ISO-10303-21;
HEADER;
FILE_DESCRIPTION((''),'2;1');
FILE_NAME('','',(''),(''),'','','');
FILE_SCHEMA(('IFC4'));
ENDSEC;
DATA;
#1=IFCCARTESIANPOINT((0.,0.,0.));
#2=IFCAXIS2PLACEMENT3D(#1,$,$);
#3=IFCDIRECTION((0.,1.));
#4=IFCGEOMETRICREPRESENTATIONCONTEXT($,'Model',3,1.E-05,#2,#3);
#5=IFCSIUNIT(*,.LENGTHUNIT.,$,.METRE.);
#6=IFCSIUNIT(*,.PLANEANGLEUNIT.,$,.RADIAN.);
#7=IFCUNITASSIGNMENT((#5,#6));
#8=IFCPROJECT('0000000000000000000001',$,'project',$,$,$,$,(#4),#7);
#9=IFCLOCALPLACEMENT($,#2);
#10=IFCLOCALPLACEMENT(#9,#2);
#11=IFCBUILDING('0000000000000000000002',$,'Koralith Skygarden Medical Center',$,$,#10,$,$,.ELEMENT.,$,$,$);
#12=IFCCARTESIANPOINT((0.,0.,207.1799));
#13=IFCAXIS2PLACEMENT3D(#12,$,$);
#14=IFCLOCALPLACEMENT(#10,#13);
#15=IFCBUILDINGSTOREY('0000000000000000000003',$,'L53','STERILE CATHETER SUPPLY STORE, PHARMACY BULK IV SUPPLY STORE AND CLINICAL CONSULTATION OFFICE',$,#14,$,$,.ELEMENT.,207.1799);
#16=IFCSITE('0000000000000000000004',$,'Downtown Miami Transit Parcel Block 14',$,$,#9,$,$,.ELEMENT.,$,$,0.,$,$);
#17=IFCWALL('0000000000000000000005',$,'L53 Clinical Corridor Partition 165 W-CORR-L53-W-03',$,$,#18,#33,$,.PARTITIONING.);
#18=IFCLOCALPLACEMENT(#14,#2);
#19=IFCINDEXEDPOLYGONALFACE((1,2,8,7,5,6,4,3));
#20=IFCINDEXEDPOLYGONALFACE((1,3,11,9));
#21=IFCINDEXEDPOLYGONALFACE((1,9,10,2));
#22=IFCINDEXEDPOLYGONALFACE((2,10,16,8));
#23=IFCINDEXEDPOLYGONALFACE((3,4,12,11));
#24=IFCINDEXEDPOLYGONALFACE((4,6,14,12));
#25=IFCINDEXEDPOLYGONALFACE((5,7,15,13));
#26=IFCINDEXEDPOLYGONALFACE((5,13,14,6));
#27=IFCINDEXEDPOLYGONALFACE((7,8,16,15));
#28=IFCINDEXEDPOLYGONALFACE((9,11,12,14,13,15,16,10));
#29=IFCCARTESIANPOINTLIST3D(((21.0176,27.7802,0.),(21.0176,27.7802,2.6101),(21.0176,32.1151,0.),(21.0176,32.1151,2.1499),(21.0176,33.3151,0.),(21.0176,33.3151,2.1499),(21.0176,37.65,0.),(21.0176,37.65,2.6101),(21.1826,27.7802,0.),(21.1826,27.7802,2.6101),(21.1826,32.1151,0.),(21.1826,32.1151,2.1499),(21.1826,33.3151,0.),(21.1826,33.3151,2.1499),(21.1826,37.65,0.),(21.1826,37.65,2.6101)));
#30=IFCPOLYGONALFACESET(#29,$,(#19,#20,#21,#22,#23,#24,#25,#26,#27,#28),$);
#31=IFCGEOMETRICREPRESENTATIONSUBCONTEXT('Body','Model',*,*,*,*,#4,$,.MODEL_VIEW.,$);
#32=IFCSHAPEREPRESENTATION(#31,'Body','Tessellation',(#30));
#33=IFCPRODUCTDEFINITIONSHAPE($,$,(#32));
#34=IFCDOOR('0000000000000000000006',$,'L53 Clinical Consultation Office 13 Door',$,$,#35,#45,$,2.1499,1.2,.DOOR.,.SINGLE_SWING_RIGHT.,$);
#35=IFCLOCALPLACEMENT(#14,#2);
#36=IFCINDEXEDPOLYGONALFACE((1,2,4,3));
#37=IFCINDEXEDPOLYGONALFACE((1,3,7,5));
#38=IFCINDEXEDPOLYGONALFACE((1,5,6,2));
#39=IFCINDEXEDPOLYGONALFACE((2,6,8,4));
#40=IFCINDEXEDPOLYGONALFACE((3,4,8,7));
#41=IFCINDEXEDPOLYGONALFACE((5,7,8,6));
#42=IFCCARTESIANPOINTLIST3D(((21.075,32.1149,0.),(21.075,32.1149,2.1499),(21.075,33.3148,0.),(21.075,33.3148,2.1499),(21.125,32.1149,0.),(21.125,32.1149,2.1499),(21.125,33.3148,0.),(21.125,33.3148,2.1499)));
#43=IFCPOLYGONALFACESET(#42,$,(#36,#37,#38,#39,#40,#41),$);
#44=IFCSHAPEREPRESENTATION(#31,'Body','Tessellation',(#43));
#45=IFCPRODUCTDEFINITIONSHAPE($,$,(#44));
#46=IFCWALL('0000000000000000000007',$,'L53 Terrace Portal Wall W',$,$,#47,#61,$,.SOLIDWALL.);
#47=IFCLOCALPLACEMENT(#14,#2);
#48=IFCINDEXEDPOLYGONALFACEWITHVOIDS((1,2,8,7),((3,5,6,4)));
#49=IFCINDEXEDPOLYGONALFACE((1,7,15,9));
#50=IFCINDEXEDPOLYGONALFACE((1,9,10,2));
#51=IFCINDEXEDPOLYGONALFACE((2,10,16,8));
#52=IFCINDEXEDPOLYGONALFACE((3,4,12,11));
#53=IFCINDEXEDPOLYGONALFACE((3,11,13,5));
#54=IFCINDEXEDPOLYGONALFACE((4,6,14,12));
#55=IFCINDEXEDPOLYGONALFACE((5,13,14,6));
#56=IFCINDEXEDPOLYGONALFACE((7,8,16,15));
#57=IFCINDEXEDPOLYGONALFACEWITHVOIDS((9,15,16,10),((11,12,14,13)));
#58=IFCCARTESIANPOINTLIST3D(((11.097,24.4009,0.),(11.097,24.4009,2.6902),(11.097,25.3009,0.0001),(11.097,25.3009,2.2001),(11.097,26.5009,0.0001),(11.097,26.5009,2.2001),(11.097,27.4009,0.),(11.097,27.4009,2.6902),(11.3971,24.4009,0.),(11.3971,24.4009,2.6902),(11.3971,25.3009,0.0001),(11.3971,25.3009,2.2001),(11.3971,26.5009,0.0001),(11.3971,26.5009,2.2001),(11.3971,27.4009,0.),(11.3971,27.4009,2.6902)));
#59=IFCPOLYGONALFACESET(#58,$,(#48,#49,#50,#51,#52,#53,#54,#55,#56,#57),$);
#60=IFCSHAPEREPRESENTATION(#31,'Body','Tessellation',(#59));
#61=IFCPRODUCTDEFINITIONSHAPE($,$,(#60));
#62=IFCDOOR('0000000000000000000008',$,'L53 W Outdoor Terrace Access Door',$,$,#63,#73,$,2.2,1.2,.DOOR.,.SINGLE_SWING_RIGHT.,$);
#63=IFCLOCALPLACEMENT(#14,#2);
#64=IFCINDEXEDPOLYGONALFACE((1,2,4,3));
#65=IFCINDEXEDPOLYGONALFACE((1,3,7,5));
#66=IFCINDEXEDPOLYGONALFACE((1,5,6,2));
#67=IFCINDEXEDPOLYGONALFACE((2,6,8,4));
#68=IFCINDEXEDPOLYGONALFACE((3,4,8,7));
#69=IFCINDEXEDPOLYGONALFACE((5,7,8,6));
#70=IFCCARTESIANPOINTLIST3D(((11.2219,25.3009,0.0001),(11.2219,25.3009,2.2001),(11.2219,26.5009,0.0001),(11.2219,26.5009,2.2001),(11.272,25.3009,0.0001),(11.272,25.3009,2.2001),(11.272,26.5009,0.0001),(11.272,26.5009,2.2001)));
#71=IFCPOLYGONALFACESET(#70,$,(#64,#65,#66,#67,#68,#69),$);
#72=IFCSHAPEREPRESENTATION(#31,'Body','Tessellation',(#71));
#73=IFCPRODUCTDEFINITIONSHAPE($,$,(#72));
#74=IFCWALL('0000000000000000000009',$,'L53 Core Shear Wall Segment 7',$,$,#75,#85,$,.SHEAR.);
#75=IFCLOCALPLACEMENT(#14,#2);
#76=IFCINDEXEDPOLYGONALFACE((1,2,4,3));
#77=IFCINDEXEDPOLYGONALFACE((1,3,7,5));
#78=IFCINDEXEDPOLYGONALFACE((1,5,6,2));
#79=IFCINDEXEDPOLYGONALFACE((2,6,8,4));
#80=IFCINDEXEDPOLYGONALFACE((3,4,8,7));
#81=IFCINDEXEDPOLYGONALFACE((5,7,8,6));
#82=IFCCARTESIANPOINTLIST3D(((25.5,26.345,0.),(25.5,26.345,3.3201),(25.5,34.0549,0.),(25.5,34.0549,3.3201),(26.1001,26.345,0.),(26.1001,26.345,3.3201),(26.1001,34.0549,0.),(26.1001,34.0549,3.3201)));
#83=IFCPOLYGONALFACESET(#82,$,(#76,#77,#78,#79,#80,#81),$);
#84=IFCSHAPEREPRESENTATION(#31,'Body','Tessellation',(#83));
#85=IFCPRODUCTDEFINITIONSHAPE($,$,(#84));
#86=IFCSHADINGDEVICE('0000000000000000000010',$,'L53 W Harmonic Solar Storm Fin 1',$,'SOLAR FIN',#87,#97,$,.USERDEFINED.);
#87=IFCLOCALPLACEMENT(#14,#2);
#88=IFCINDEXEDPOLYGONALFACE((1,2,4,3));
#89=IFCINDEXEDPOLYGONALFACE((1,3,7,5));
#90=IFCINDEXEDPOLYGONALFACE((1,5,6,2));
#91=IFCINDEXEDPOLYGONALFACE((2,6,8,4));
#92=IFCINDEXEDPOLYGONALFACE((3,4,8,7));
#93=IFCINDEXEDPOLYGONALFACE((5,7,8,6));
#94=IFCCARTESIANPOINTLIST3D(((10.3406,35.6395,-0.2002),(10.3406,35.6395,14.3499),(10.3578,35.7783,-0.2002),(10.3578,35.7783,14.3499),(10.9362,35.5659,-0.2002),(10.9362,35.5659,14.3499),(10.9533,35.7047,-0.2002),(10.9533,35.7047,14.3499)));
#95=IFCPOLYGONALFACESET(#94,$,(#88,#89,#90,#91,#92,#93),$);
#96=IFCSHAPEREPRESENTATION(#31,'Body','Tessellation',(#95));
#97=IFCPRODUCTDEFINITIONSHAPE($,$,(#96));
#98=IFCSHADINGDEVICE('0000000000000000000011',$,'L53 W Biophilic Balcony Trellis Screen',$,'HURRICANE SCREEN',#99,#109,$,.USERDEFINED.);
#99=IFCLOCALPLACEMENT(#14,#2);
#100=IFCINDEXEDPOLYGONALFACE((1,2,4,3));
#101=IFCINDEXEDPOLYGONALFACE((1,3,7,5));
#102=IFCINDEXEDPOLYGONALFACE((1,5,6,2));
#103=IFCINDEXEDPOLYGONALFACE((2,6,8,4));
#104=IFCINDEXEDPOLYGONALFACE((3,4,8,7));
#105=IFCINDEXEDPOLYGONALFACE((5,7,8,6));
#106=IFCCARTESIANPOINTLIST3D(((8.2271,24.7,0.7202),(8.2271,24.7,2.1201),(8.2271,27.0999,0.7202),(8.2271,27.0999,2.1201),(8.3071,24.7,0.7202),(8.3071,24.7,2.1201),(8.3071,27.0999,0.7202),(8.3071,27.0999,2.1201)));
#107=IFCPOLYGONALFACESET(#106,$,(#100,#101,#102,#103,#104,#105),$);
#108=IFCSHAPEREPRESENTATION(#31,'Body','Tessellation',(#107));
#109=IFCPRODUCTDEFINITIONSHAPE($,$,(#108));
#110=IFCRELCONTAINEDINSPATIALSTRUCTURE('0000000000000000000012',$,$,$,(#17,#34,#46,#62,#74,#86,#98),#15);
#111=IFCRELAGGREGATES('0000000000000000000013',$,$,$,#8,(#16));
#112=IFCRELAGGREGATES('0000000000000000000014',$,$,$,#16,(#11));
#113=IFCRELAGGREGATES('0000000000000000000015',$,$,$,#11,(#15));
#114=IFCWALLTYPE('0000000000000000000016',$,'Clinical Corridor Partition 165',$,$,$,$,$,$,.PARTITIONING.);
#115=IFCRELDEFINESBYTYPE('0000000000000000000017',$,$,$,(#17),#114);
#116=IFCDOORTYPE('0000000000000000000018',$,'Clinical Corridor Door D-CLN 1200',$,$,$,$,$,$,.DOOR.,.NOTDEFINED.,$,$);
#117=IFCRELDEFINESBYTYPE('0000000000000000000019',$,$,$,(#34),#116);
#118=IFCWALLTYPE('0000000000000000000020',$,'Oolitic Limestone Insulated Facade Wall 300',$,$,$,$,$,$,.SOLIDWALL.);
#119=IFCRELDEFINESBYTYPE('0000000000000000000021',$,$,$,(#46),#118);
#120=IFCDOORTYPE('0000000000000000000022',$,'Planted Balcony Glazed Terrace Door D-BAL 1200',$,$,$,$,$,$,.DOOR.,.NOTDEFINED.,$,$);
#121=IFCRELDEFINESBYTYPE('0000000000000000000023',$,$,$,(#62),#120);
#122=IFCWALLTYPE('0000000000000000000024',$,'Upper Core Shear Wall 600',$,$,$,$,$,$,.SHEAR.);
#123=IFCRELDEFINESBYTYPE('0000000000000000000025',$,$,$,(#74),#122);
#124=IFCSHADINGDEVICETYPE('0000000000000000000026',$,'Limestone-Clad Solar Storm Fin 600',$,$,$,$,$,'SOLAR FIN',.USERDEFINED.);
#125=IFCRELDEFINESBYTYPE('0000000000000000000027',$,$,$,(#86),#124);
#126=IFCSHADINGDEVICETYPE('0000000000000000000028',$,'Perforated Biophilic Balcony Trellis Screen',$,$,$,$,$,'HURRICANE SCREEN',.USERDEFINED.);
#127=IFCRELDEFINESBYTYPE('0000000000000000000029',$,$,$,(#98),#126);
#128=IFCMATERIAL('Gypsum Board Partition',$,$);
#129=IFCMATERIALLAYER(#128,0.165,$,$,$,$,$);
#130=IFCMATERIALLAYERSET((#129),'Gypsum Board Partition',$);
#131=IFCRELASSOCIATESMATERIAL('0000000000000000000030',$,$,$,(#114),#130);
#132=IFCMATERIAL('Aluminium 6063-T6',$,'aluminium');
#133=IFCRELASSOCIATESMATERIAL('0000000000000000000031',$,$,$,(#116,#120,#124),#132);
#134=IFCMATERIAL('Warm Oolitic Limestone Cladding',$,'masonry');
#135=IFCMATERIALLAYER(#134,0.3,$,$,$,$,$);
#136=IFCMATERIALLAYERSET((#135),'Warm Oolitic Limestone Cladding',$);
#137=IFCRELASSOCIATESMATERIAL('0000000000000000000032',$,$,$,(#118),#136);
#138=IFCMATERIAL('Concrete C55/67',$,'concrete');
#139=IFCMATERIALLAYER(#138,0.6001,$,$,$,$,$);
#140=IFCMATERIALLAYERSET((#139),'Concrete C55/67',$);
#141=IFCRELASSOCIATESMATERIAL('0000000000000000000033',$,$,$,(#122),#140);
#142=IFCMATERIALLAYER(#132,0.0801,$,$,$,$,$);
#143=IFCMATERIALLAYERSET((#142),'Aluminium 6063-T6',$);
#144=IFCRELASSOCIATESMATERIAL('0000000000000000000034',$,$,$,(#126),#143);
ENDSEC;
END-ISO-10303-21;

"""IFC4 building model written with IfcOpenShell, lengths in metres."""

from ifc_helpers import new_model, si_unit, direction, frame, frame_2d, origin, origin_2d, place, context, subcontext, project, spatial, rectangle, extrude, material, layer, layer_set, type_object, element, fill, save


model = new_model("IFC4")

# Units and contexts
model_context = context("Model", 3, precision=1e-05, world=origin(), true_north=direction((0.0, 1.0)))
body_context = subcontext(model_context, "Body", "Model", "MODEL_VIEW")
ifc_project = project(units=[si_unit("LENGTHUNIT", "METRE"), si_unit("PLANEANGLEUNIT", "RADIAN")], contexts=[model_context])

# Site, building, storey
site_placement = place(None, origin())
site = spatial("IfcSite", under=ifc_project, at=site_placement, Name="Downtown Miami Transit Parcel Block 14", CompositionType="ELEMENT", RefElevation=0.0)
building_placement = place(site_placement, origin())
building = spatial("IfcBuilding", under=site, at=building_placement, Name="Koralith Skygarden Medical Center", CompositionType="ELEMENT")
storey_placement = place(building_placement, frame((0.0, 0.0, 207.1799)))
storey = spatial("IfcBuildingStorey", under=building, at=storey_placement, Name="L53", Description="STERILE CATHETER SUPPLY STORE, PHARMACY BULK IV SUPPLY STORE AND CLINICAL CONSULTATION OFFICE", CompositionType="ELEMENT", Elevation=207.1799)

# Shared definitions
ifc_material_1 = material(Name="Concrete C55/67", Category="concrete")

# Shared definitions
ifc_material_2 = material(Name="Aluminium 6063-T6", Category="aluminium")

# Shared definitions
ifc_material_3 = material(Name="Gypsum Board Partition")

# Walls, openings, doors
ifc_layer_1 = layer(ifc_material_3, 0.165)
ifc_layer_set_1 = layer_set([ifc_layer_1], Name="Gypsum Board Partition")
wall_type_1 = type_object("IfcWallType", Name="Clinical Corridor Partition 165", PredefinedType="PARTITIONING", material=ifc_layer_set_1)
wall_1_placement = place(storey_placement, frame((21.1001, 27.78, 0.0), z_axis=(0.0, 0.0, 1.0), x_axis=(0.0, 1.0, 0.0)))
wall_1 = element("IfcWall", 1, at=wall_1_placement, inside=storey, type_object=wall_type_1, Name="L53 Clinical Corridor Partition 165 W-CORR-L53-W-03", PredefinedType="PARTITIONING", context=body_context, shape_type="SweptSolid", body=[
    extrude(rectangle(XDim=9.8699, YDim=0.165, at=frame_2d((4.9351, 0.0))), origin(), (0.0, 0.0, 1.0), 2.6101),
])
opening_1_placement = place(wall_1_placement, frame((4.335, 0.0, 0.0)))
opening_1 = element("IfcOpeningElement", 2, at=opening_1_placement, cuts=wall_1, PredefinedType="OPENING", context=body_context, shape_type="SweptSolid", body=[
    extrude(rectangle(XDim=1.2, YDim=2.1499, at=frame_2d((0.6001, 1.075))), frame((0.0, 0.0925, 0.0), z_axis=(0.0, -1.0, 0.0), x_axis=(1.0, 0.0, 0.0)), (0.0, 0.0, 1.0), 0.1851),
])
door_type_1 = type_object("IfcDoorType", Name="Clinical Corridor Door D-CLN 1200", OperationType="NOTDEFINED", PredefinedType="DOOR", material=ifc_material_2)
door_1_placement = place(opening_1_placement, frame((1.2, 0.0, 0.0), z_axis=(0.0, 0.0, 1.0), x_axis=(-1.0, 0.0, 0.0)))
door_1 = element("IfcDoor", 3, at=door_1_placement, inside=storey, type_object=door_type_1, Name="L53 Clinical Consultation Office 13 Door", OperationType="SINGLE_SWING_RIGHT", OverallHeight=2.1499, OverallWidth=1.2, PredefinedType="DOOR", context=body_context, shape_type="SweptSolid", body=[
    extrude(rectangle(XDim=1.2, YDim=2.1499, at=frame_2d((0.6001, 1.075))), frame((0.0, 0.0249, 0.0), z_axis=(0.0, -1.0, 0.0), x_axis=(1.0, 0.0, 0.0)), (0.0, 0.0, 1.0), 0.05),
])
fill(opening_1, door_1)
ifc_material_4 = material(Name="Warm Oolitic Limestone Cladding", Category="masonry")
ifc_layer_2 = layer(ifc_material_4, 0.3)
ifc_layer_set_2 = layer_set([ifc_layer_2], Name="Warm Oolitic Limestone Cladding")
wall_type_2 = type_object("IfcWallType", Name="Oolitic Limestone Insulated Facade Wall 300", PredefinedType="SOLIDWALL", material=ifc_layer_set_2)
wall_2_placement = place(storey_placement, frame((11.2471, 27.4009, 0.0), z_axis=(0.0, 0.0, 1.0), x_axis=(0.0, -1.0, 0.0)))
wall_2 = element("IfcWall", 4, at=wall_2_placement, inside=storey, type_object=wall_type_2, Name="L53 Terrace Portal Wall W", PredefinedType="SOLIDWALL", context=body_context, shape_type="SweptSolid", body=[
    extrude(rectangle(XDim=3.0, YDim=0.3, at=frame_2d((1.5, 0.0))), origin(), (0.0, 0.0, 1.0), 2.6902),
])
opening_2_placement = place(wall_2_placement, frame((0.8999, 0.0, 0.0)))
opening_2 = element("IfcOpeningElement", 5, at=opening_2_placement, cuts=wall_2, PredefinedType="OPENING", context=body_context, shape_type="SweptSolid", body=[
    extrude(rectangle(XDim=1.2, YDim=2.2, at=frame_2d((0.6001, 1.1001))), frame((0.0, 0.1599, 0.0), z_axis=(0.0, -1.0, 0.0), x_axis=(1.0, 0.0, 0.0)), (0.0, 0.0, 1.0), 0.3201),
])
door_type_2 = type_object("IfcDoorType", Name="Planted Balcony Glazed Terrace Door D-BAL 1200", OperationType="NOTDEFINED", PredefinedType="DOOR", material=ifc_material_2)
door_2_placement = place(opening_2_placement, origin())
door_2 = element("IfcDoor", 6, at=door_2_placement, inside=storey, type_object=door_type_2, Name="L53 W Outdoor Terrace Access Door", OperationType="SINGLE_SWING_RIGHT", OverallHeight=2.2, OverallWidth=1.2, PredefinedType="DOOR", context=body_context, shape_type="SweptSolid", body=[
    extrude(rectangle(XDim=1.2, YDim=2.2, at=frame_2d((0.6001, 1.1001))), frame((0.0, 0.0249, 0.0), z_axis=(0.0, -1.0, 0.0), x_axis=(1.0, 0.0, 0.0)), (0.0, 0.0, 1.0), 0.05),
])
fill(opening_2, door_2)

# Wall
ifc_layer_3 = layer(ifc_material_1, 0.6001)
ifc_layer_set_3 = layer_set([ifc_layer_3], Name="Concrete C55/67")
wall_type_3 = type_object("IfcWallType", Name="Upper Core Shear Wall 600", PredefinedType="SHEAR", material=ifc_layer_set_3)
wall_3_placement = place(storey_placement, frame((25.8, 34.0549, 0.0), z_axis=(0.0, 0.0, 1.0), x_axis=(0.0, -1.0, 0.0)))
element("IfcWall", 7, at=wall_3_placement, inside=storey, type_object=wall_type_3, Name="L53 Core Shear Wall Segment 7", PredefinedType="SHEAR", context=body_context, shape_type="SweptSolid", body=[
    extrude(rectangle(XDim=7.71, YDim=0.6001, at=frame_2d((3.855, 0.0))), origin(), (0.0, 0.0, 1.0), 3.3201),
])

# Shading devices
shading_device_type_1 = type_object("IfcShadingDeviceType", Name="Limestone-Clad Solar Storm Fin 600", ElementType="SOLAR FIN", PredefinedType="USERDEFINED", material=ifc_material_2)
shading_device_1_placement = place(storey_placement, frame((10.647, 35.6721, -0.2002), z_axis=(0.0, 0.0, 1.0), x_axis=(-0.992454, 0.122614, 0.0)))
element("IfcShadingDevice", 8, at=shading_device_1_placement, inside=storey, type_object=shading_device_type_1, Name="L53 W Harmonic Solar Storm Fin 1", ObjectType="SOLAR FIN", PredefinedType="USERDEFINED", context=body_context, shape_type="SweptSolid", body=[
    extrude(rectangle(XDim=0.6001, YDim=0.1399, at=origin_2d()), origin(), (0.0, 0.0, 1.0), 14.55),
])
ifc_layer_4 = layer(ifc_material_2, 0.0801)
ifc_layer_set_4 = layer_set([ifc_layer_4], Name="Aluminium 6063-T6")
shading_device_type_2 = type_object("IfcShadingDeviceType", Name="Perforated Biophilic Balcony Trellis Screen", ElementType="HURRICANE SCREEN", PredefinedType="USERDEFINED", material=ifc_layer_set_4)
shading_device_2_placement = place(storey_placement, frame((8.2671, 25.8999, 0.7202), z_axis=(0.0, 0.0, 1.0), x_axis=(0.0, 1.0, 0.0)))
element("IfcShadingDevice", 9, at=shading_device_2_placement, inside=storey, type_object=shading_device_type_2, Name="L53 W Biophilic Balcony Trellis Screen", ObjectType="HURRICANE SCREEN", PredefinedType="USERDEFINED", context=body_context, shape_type="SweptSolid", body=[
    extrude(rectangle(XDim=2.3999, YDim=0.0801, at=origin_2d()), origin(), (0.0, 0.0, 1.0), 1.3999),
])

save(model, "model.ifc")
